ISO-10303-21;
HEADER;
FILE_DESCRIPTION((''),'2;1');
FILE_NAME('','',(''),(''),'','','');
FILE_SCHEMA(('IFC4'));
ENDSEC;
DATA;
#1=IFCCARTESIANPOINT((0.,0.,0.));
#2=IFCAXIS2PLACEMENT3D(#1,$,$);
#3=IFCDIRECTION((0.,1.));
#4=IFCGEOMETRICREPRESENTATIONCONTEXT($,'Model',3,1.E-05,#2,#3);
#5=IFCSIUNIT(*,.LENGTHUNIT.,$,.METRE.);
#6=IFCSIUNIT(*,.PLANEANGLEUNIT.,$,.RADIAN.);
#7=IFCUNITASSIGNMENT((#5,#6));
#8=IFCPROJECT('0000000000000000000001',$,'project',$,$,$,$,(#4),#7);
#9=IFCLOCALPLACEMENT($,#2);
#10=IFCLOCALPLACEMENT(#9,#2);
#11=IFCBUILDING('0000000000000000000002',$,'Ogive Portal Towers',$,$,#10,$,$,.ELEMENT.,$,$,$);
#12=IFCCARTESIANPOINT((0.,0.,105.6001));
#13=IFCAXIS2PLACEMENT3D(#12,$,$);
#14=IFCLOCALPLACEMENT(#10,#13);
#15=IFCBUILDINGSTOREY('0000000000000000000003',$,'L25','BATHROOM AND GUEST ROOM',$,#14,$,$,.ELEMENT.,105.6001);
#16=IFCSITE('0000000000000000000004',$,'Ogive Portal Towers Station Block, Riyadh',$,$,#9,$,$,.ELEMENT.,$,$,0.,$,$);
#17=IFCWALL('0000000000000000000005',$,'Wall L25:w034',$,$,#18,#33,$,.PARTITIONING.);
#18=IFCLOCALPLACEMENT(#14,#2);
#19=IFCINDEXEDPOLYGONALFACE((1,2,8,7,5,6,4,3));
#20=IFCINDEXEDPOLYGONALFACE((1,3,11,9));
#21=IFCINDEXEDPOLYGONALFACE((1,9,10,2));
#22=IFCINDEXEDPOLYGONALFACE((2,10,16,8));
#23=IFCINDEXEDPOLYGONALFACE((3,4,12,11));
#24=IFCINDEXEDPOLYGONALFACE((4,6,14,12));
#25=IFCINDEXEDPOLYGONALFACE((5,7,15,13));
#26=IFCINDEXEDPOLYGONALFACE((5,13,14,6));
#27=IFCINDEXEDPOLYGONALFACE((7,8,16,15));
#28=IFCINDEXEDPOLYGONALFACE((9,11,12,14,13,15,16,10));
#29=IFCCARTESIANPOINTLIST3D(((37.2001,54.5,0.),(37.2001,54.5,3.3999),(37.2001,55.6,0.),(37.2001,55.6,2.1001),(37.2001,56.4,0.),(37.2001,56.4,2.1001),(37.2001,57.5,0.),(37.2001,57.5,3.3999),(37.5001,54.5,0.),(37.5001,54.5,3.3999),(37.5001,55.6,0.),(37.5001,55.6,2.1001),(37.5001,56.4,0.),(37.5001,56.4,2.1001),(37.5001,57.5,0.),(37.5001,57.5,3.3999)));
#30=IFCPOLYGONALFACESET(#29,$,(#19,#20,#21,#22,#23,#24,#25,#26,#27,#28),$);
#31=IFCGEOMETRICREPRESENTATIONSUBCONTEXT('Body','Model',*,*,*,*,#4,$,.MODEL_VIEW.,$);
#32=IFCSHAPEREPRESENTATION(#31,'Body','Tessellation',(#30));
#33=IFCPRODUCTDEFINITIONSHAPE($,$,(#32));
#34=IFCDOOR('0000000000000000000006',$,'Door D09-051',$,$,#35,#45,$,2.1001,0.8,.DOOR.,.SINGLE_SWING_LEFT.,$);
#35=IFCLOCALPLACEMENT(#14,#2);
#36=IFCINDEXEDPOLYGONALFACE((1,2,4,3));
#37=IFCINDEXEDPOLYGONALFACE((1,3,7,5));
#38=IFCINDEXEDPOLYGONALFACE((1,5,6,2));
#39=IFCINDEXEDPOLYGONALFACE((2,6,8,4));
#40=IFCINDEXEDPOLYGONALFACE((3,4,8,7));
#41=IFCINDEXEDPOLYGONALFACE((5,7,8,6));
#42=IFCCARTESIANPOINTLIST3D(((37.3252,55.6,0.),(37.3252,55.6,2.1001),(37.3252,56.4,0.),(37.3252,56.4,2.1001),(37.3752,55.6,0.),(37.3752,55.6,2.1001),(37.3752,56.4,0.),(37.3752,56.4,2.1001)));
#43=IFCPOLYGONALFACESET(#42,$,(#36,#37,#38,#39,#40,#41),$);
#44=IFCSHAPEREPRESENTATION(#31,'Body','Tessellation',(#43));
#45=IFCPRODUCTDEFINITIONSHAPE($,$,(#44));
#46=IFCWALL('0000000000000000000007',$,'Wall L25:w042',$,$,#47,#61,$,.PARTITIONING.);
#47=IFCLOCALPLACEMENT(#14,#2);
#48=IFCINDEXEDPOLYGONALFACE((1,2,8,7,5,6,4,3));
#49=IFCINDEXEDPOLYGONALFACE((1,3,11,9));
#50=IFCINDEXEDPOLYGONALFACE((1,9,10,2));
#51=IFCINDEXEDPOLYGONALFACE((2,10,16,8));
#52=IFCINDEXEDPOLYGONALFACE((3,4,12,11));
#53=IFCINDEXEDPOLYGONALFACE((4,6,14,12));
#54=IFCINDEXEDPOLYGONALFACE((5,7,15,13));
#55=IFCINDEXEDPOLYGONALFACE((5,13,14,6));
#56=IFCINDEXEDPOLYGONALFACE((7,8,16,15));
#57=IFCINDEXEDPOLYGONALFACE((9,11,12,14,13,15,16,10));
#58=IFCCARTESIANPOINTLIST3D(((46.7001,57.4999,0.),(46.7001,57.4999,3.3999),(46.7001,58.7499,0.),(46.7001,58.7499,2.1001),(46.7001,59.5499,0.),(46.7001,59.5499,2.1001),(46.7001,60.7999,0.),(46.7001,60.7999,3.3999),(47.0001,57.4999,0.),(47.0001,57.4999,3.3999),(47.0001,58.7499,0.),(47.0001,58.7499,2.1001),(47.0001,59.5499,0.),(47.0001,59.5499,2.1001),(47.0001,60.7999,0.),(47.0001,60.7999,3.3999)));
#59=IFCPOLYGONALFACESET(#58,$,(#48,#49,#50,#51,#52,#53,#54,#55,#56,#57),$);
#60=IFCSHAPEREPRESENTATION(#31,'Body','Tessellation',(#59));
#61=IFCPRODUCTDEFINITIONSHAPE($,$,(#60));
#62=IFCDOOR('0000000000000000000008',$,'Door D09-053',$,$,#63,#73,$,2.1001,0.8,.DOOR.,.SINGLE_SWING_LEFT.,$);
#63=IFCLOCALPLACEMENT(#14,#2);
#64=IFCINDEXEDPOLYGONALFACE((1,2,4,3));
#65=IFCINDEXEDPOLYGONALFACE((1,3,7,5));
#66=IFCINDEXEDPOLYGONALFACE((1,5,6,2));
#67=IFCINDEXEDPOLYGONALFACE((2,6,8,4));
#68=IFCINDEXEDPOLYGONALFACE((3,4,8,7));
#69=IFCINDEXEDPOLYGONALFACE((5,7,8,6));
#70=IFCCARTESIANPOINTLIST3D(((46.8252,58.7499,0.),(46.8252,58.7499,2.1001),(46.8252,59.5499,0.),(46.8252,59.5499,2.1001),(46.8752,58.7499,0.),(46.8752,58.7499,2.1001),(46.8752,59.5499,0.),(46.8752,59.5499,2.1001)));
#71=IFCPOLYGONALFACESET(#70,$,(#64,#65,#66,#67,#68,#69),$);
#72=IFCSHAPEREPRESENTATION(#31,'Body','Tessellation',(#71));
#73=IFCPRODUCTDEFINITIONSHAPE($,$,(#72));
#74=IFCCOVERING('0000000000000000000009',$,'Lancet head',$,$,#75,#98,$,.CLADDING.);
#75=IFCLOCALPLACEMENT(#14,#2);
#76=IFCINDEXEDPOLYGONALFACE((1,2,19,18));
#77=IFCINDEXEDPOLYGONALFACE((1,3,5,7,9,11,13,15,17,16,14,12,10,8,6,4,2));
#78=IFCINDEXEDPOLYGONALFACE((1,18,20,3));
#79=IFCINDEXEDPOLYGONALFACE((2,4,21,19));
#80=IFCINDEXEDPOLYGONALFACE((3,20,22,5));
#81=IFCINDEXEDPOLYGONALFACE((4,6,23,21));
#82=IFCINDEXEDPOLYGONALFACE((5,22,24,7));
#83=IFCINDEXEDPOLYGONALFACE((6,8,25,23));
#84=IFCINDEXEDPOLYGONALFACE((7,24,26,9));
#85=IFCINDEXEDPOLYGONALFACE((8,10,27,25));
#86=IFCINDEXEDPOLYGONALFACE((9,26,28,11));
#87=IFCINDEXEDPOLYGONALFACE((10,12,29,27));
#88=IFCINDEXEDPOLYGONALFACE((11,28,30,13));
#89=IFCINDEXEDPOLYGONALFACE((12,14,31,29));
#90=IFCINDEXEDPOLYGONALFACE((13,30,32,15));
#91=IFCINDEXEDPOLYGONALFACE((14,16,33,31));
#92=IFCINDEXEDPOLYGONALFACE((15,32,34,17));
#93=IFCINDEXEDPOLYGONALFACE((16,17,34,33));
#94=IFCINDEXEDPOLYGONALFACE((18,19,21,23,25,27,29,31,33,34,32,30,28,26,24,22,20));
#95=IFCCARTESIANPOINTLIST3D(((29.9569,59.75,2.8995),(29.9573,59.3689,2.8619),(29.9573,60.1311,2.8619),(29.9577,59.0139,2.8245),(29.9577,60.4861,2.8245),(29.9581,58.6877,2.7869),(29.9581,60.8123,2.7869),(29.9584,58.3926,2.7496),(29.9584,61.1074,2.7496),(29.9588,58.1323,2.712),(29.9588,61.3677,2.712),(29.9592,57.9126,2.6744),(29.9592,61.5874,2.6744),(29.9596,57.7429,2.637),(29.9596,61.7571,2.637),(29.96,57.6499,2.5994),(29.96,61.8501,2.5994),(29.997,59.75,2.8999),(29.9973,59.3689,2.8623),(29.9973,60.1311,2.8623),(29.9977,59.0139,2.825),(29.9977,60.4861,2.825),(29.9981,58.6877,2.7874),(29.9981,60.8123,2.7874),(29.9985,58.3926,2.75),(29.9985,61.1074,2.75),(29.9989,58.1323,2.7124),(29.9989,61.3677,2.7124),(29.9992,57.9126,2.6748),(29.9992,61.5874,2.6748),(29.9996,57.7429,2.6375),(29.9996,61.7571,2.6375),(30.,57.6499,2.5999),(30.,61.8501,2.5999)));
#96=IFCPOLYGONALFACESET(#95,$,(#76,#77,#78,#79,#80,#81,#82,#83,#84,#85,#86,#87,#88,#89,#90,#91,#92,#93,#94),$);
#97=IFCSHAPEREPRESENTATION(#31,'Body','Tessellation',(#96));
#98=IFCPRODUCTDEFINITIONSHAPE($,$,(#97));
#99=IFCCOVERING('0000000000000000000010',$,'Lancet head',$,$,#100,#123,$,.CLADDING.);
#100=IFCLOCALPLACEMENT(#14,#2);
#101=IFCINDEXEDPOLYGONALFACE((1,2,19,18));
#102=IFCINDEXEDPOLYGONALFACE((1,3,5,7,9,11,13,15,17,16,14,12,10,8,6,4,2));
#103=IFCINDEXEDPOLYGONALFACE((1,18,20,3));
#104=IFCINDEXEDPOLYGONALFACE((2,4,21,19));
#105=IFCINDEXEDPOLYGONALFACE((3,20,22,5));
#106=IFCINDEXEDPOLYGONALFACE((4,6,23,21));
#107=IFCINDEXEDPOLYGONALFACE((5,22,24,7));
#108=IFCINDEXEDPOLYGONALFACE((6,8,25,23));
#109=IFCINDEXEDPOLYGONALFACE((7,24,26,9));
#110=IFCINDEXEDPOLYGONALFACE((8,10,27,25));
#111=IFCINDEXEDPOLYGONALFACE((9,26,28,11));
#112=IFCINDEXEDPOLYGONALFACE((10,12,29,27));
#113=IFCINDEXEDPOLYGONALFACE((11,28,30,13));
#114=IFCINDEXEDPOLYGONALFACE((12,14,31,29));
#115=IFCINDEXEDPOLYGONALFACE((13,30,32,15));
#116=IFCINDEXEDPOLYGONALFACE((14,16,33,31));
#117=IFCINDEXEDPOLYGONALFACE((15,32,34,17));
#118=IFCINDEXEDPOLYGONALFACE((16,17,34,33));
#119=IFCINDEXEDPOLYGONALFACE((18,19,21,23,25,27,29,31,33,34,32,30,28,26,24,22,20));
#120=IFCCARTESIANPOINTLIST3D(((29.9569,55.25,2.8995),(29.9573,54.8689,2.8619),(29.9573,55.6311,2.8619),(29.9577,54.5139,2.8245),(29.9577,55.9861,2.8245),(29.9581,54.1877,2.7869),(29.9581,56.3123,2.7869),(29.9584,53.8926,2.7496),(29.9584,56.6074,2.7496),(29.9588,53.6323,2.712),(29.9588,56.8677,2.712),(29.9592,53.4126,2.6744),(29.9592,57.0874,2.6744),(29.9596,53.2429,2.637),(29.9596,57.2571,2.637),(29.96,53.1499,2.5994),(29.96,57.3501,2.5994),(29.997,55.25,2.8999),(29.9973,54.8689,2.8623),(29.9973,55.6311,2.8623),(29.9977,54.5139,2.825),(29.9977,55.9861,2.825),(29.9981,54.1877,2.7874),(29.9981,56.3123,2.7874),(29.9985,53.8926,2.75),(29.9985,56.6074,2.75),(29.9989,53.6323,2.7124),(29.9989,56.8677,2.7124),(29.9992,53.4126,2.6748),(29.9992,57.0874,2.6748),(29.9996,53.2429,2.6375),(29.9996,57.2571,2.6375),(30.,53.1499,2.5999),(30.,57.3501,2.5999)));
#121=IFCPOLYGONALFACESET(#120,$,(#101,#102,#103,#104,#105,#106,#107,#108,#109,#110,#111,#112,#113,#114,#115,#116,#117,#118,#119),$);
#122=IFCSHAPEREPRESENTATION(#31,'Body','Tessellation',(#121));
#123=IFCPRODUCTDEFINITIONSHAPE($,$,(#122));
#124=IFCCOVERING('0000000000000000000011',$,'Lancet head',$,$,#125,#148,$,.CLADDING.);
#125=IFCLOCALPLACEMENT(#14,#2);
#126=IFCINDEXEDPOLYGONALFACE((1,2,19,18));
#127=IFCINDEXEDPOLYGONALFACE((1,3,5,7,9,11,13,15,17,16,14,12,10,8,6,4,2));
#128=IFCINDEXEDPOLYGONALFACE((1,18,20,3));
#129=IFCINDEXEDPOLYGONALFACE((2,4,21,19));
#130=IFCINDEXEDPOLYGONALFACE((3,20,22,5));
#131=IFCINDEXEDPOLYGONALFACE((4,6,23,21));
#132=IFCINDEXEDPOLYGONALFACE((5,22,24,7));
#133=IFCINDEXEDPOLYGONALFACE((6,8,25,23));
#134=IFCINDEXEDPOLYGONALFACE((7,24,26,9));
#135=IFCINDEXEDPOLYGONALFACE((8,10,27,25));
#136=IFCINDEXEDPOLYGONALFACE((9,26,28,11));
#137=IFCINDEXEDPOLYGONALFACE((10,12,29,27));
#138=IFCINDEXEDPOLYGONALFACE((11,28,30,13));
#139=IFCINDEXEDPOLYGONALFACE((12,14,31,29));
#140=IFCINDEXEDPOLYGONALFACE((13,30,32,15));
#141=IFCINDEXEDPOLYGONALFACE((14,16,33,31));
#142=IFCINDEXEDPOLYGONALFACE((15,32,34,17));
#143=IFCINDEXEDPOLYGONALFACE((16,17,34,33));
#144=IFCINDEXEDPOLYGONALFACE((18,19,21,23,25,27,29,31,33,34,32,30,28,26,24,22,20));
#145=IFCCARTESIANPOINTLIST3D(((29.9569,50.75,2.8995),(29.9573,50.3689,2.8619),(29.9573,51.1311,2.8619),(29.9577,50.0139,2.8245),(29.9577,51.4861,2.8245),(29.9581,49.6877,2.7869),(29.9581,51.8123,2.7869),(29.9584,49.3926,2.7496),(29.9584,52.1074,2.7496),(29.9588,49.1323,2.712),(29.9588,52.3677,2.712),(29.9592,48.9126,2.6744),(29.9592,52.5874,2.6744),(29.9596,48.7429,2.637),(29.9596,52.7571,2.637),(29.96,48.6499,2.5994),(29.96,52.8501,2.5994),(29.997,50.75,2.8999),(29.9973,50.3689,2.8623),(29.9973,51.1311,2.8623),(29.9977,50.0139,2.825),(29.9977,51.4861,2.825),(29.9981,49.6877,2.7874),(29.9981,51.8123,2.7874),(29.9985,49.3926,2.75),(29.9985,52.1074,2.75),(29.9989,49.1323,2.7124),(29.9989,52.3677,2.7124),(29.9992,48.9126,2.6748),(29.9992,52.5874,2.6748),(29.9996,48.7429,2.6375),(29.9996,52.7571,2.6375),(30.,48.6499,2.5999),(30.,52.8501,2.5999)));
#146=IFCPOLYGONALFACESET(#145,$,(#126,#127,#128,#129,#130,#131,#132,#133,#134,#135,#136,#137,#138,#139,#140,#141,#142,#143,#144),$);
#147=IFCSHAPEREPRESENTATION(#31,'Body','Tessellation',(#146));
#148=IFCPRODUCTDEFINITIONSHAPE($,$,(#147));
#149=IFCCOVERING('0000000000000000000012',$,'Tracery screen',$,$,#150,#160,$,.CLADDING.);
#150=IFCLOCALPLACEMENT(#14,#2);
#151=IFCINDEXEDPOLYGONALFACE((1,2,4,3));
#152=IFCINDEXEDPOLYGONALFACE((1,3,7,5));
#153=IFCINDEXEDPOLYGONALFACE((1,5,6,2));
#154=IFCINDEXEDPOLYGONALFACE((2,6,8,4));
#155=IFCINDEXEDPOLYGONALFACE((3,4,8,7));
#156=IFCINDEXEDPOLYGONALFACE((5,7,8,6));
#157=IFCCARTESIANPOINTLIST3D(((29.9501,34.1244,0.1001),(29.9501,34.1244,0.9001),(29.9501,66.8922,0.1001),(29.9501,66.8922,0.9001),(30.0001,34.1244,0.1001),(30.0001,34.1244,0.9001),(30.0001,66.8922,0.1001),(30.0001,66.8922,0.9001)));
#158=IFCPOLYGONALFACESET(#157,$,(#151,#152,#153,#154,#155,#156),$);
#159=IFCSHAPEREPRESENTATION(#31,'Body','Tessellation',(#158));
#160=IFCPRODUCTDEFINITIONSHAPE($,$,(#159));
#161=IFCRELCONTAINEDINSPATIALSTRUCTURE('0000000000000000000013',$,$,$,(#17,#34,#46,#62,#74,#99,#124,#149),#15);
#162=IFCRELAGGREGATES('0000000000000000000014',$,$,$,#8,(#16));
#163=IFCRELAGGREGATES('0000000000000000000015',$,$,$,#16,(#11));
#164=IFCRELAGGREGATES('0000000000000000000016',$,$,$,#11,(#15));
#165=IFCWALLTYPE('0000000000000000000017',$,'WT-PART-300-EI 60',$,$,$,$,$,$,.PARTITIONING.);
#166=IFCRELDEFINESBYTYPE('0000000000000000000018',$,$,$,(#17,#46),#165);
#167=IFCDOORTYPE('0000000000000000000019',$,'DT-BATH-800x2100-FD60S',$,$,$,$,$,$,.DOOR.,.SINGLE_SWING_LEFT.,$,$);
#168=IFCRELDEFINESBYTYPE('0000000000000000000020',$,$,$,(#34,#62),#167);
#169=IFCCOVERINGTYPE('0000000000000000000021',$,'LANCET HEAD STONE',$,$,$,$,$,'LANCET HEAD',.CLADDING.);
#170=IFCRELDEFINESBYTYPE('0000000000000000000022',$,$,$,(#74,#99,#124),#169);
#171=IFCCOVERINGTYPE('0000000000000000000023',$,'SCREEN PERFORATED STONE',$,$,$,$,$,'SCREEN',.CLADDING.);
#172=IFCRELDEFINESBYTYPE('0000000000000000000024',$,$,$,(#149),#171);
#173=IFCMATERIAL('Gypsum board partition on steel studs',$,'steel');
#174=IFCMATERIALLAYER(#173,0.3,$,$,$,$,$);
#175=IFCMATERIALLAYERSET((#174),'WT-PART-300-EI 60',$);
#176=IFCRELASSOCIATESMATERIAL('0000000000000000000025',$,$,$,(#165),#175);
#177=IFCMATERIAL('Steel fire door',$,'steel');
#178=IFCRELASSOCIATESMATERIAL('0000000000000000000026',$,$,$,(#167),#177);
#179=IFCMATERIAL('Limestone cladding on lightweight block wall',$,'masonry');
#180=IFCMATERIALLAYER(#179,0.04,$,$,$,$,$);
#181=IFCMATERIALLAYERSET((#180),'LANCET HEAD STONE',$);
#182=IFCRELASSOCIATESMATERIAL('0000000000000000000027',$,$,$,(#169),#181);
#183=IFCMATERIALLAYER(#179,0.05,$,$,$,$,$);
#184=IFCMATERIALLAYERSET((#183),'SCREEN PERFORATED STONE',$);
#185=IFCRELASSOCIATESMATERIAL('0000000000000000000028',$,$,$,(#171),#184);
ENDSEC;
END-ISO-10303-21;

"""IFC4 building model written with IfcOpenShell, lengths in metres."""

from ifc_helpers import new_model, si_unit, direction, frame, frame_2d, origin, origin_2d, place, context, subcontext, project, spatial, polyline, rectangle, outline, extrude, material, layer, layer_set, type_object, element, fill, save


model = new_model("IFC4")

# Units and contexts
model_context = context("Model", 3, precision=1e-05, world=origin(), true_north=direction((0.0, 1.0)))
body_context = subcontext(model_context, "Body", "Model", "MODEL_VIEW")
ifc_project = project(units=[si_unit("LENGTHUNIT", "METRE"), si_unit("PLANEANGLEUNIT", "RADIAN")], contexts=[model_context])

# Site, building, storey
site_placement = place(None, origin())
site = spatial("IfcSite", under=ifc_project, at=site_placement, Name="Ogive Portal Towers Station Block, Riyadh", CompositionType="ELEMENT", RefElevation=0.0)
building_placement = place(site_placement, origin())
building = spatial("IfcBuilding", under=site, at=building_placement, Name="Ogive Portal Towers", CompositionType="ELEMENT")
storey_placement = place(building_placement, frame((0.0, 0.0, 105.6001)))
storey = spatial("IfcBuildingStorey", under=building, at=storey_placement, Name="L25", Description="BATHROOM AND GUEST ROOM", CompositionType="ELEMENT", Elevation=105.6001)

# Shared definitions
ifc_material_1 = material(Name="Steel fire door", Category="steel")

# Shared definitions
ifc_material_2 = material(Name="Gypsum board partition on steel studs", Category="steel")
ifc_layer_1 = layer(ifc_material_2, 0.3)
ifc_layer_set_1 = layer_set([ifc_layer_1], Name="WT-PART-300-EI 60")
wall_type_1 = type_object("IfcWallType", Name="WT-PART-300-EI 60", PredefinedType="PARTITIONING", material=ifc_layer_set_1)

# Walls, openings, doors
wall_1_placement = place(storey_placement, frame((37.3501, 54.5, 0.0), z_axis=(0.0, 0.0, 1.0), x_axis=(0.0, 1.0, 0.0)))
wall_1 = element("IfcWall", 1, at=wall_1_placement, inside=storey, type_object=wall_type_1, Name="Wall L25:w034", PredefinedType="PARTITIONING", context=body_context, shape_type="SweptSolid", body=[
    extrude(rectangle(XDim=3.0, YDim=0.3, at=frame_2d((1.5, 0.0))), origin(), (0.0, 0.0, 1.0), 3.3999),
])
opening_1_placement = place(wall_1_placement, frame((1.1001, 0.0, 0.0)))
opening_1 = element("IfcOpeningElement", 2, at=opening_1_placement, cuts=wall_1, PredefinedType="OPENING", context=body_context, shape_type="SweptSolid", body=[
    extrude(rectangle(XDim=0.8, YDim=2.1001, at=frame_2d((0.3999, 1.05))), frame((0.0, 0.1602, 0.0), z_axis=(0.0, -1.0, 0.0), x_axis=(1.0, 0.0, 0.0)), (0.0, 0.0, 1.0), 0.3201),
])
door_type_1 = type_object("IfcDoorType", Name="DT-BATH-800x2100-FD60S", OperationType="SINGLE_SWING_LEFT", PredefinedType="DOOR", material=ifc_material_1)
door_1_placement = place(opening_1_placement, origin())
door_1 = element("IfcDoor", 3, at=door_1_placement, inside=storey, type_object=door_type_1, Name="Door D09-051", OperationType="SINGLE_SWING_LEFT", OverallHeight=2.1001, OverallWidth=0.8, PredefinedType="DOOR", context=body_context, shape_type="SweptSolid", body=[
    extrude(rectangle(XDim=0.8, YDim=2.1001, at=frame_2d((0.3999, 1.05))), frame((0.0, 0.0249, 0.0), z_axis=(0.0, -1.0, 0.0), x_axis=(1.0, 0.0, 0.0)), (0.0, 0.0, 1.0), 0.05),
])
fill(opening_1, door_1)
wall_2_placement = place(storey_placement, frame((46.8501, 57.5, 0.0), z_axis=(0.0, 0.0, 1.0), x_axis=(0.0, 1.0, 0.0)))
wall_2 = element("IfcWall", 4, at=wall_2_placement, inside=storey, type_object=wall_type_1, Name="Wall L25:w042", PredefinedType="PARTITIONING", context=body_context, shape_type="SweptSolid", body=[
    extrude(rectangle(XDim=3.3, YDim=0.3, at=frame_2d((1.6499, 0.0))), origin(), (0.0, 0.0, 1.0), 3.3999),
])
opening_2_placement = place(wall_2_placement, frame((1.25, 0.0, 0.0)))
opening_2 = element("IfcOpeningElement", 5, at=opening_2_placement, cuts=wall_2, PredefinedType="OPENING", context=body_context, shape_type="SweptSolid", body=[
    extrude(rectangle(XDim=0.8, YDim=2.1001, at=frame_2d((0.3999, 1.05))), frame((0.0, 0.1602, 0.0), z_axis=(0.0, -1.0, 0.0), x_axis=(1.0, 0.0, 0.0)), (0.0, 0.0, 1.0), 0.3201),
])
door_2_placement = place(opening_2_placement, origin())
door_2 = element("IfcDoor", 6, at=door_2_placement, inside=storey, type_object=door_type_1, Name="Door D09-053", OperationType="SINGLE_SWING_LEFT", OverallHeight=2.1001, OverallWidth=0.8, PredefinedType="DOOR", context=body_context, shape_type="SweptSolid", body=[
    extrude(rectangle(XDim=0.8, YDim=2.1001, at=frame_2d((0.3999, 1.05))), frame((0.0, 0.0249, 0.0), z_axis=(0.0, -1.0, 0.0), x_axis=(1.0, 0.0, 0.0)), (0.0, 0.0, 1.0), 0.05),
])
fill(opening_2, door_2)

# Coverings
ifc_material_3 = material(Name="Limestone cladding on lightweight block wall", Category="masonry")
ifc_layer_2 = layer(ifc_material_3, 0.04)
ifc_layer_set_2 = layer_set([ifc_layer_2], Name="LANCET HEAD STONE")
covering_type_1 = type_object("IfcCoveringType", Name="LANCET HEAD STONE", ElementType="LANCET HEAD", PredefinedType="CLADDING", material=ifc_layer_set_2)
for number, where, z_axis, x_axis, name in (
    (7, (30.0, 61.8501, 2.5999), (0.999949, 0.0, 0.010103), (0.0, -1.0, 0.0), "Lancet head"),
    (8, (30.0, 57.3501, 2.5999), (0.999949, 0.0, 0.010103), (0.0, -1.0, 0.0), "Lancet head"),
    (9, (30.0, 52.8501, 2.5999), (0.999949, 0.0, 0.010103), (0.0, -1.0, 0.0), "Lancet head"),
):
    element("IfcCovering", number, at=place(storey_placement, frame(where, z_axis=z_axis, x_axis=x_axis)), inside=storey, type_object=covering_type_1, Name=name, PredefinedType="CLADDING", context=body_context, shape_type="SweptSolid", body=[
        extrude(outline(polyline([(0.0, 0.0), (4.2002, 0.0), (4.1072, -0.0376), (3.9375, -0.075), (3.7178, -0.1126), (3.4575, -0.1502), (3.1624, -0.1875), (2.8362, -0.2251), (2.4812, -0.2625), (2.1001, -0.3001), (1.719, -0.2625), (1.364, -0.2251), (1.0378, -0.1875), (0.7427, -0.1502), (0.4824, -0.1126), (0.2627, -0.075), (0.093, -0.0376), (0.0, 0.0)])), origin(), (0.0, 0.0, -1.0), 0.04),
    ])
ifc_layer_3 = layer(ifc_material_3, 0.05)
ifc_layer_set_3 = layer_set([ifc_layer_3], Name="SCREEN PERFORATED STONE")
covering_type_2 = type_object("IfcCoveringType", Name="SCREEN PERFORATED STONE", ElementType="SCREEN", PredefinedType="CLADDING", material=ifc_layer_set_3)
covering_placement = place(storey_placement, frame((29.9751, 50.5083, 0.1001), z_axis=(0.0, 0.0, 1.0), x_axis=(0.0, -1.0, 0.0)))
element("IfcCovering", 10, at=covering_placement, inside=storey, type_object=covering_type_2, Name="Tracery screen", PredefinedType="CLADDING", context=body_context, shape_type="SweptSolid", body=[
    extrude(rectangle(XDim=32.7678, YDim=0.05, at=origin_2d()), origin(), (0.0, 0.0, 1.0), 0.8),
])

save(model, "model.ifc")
